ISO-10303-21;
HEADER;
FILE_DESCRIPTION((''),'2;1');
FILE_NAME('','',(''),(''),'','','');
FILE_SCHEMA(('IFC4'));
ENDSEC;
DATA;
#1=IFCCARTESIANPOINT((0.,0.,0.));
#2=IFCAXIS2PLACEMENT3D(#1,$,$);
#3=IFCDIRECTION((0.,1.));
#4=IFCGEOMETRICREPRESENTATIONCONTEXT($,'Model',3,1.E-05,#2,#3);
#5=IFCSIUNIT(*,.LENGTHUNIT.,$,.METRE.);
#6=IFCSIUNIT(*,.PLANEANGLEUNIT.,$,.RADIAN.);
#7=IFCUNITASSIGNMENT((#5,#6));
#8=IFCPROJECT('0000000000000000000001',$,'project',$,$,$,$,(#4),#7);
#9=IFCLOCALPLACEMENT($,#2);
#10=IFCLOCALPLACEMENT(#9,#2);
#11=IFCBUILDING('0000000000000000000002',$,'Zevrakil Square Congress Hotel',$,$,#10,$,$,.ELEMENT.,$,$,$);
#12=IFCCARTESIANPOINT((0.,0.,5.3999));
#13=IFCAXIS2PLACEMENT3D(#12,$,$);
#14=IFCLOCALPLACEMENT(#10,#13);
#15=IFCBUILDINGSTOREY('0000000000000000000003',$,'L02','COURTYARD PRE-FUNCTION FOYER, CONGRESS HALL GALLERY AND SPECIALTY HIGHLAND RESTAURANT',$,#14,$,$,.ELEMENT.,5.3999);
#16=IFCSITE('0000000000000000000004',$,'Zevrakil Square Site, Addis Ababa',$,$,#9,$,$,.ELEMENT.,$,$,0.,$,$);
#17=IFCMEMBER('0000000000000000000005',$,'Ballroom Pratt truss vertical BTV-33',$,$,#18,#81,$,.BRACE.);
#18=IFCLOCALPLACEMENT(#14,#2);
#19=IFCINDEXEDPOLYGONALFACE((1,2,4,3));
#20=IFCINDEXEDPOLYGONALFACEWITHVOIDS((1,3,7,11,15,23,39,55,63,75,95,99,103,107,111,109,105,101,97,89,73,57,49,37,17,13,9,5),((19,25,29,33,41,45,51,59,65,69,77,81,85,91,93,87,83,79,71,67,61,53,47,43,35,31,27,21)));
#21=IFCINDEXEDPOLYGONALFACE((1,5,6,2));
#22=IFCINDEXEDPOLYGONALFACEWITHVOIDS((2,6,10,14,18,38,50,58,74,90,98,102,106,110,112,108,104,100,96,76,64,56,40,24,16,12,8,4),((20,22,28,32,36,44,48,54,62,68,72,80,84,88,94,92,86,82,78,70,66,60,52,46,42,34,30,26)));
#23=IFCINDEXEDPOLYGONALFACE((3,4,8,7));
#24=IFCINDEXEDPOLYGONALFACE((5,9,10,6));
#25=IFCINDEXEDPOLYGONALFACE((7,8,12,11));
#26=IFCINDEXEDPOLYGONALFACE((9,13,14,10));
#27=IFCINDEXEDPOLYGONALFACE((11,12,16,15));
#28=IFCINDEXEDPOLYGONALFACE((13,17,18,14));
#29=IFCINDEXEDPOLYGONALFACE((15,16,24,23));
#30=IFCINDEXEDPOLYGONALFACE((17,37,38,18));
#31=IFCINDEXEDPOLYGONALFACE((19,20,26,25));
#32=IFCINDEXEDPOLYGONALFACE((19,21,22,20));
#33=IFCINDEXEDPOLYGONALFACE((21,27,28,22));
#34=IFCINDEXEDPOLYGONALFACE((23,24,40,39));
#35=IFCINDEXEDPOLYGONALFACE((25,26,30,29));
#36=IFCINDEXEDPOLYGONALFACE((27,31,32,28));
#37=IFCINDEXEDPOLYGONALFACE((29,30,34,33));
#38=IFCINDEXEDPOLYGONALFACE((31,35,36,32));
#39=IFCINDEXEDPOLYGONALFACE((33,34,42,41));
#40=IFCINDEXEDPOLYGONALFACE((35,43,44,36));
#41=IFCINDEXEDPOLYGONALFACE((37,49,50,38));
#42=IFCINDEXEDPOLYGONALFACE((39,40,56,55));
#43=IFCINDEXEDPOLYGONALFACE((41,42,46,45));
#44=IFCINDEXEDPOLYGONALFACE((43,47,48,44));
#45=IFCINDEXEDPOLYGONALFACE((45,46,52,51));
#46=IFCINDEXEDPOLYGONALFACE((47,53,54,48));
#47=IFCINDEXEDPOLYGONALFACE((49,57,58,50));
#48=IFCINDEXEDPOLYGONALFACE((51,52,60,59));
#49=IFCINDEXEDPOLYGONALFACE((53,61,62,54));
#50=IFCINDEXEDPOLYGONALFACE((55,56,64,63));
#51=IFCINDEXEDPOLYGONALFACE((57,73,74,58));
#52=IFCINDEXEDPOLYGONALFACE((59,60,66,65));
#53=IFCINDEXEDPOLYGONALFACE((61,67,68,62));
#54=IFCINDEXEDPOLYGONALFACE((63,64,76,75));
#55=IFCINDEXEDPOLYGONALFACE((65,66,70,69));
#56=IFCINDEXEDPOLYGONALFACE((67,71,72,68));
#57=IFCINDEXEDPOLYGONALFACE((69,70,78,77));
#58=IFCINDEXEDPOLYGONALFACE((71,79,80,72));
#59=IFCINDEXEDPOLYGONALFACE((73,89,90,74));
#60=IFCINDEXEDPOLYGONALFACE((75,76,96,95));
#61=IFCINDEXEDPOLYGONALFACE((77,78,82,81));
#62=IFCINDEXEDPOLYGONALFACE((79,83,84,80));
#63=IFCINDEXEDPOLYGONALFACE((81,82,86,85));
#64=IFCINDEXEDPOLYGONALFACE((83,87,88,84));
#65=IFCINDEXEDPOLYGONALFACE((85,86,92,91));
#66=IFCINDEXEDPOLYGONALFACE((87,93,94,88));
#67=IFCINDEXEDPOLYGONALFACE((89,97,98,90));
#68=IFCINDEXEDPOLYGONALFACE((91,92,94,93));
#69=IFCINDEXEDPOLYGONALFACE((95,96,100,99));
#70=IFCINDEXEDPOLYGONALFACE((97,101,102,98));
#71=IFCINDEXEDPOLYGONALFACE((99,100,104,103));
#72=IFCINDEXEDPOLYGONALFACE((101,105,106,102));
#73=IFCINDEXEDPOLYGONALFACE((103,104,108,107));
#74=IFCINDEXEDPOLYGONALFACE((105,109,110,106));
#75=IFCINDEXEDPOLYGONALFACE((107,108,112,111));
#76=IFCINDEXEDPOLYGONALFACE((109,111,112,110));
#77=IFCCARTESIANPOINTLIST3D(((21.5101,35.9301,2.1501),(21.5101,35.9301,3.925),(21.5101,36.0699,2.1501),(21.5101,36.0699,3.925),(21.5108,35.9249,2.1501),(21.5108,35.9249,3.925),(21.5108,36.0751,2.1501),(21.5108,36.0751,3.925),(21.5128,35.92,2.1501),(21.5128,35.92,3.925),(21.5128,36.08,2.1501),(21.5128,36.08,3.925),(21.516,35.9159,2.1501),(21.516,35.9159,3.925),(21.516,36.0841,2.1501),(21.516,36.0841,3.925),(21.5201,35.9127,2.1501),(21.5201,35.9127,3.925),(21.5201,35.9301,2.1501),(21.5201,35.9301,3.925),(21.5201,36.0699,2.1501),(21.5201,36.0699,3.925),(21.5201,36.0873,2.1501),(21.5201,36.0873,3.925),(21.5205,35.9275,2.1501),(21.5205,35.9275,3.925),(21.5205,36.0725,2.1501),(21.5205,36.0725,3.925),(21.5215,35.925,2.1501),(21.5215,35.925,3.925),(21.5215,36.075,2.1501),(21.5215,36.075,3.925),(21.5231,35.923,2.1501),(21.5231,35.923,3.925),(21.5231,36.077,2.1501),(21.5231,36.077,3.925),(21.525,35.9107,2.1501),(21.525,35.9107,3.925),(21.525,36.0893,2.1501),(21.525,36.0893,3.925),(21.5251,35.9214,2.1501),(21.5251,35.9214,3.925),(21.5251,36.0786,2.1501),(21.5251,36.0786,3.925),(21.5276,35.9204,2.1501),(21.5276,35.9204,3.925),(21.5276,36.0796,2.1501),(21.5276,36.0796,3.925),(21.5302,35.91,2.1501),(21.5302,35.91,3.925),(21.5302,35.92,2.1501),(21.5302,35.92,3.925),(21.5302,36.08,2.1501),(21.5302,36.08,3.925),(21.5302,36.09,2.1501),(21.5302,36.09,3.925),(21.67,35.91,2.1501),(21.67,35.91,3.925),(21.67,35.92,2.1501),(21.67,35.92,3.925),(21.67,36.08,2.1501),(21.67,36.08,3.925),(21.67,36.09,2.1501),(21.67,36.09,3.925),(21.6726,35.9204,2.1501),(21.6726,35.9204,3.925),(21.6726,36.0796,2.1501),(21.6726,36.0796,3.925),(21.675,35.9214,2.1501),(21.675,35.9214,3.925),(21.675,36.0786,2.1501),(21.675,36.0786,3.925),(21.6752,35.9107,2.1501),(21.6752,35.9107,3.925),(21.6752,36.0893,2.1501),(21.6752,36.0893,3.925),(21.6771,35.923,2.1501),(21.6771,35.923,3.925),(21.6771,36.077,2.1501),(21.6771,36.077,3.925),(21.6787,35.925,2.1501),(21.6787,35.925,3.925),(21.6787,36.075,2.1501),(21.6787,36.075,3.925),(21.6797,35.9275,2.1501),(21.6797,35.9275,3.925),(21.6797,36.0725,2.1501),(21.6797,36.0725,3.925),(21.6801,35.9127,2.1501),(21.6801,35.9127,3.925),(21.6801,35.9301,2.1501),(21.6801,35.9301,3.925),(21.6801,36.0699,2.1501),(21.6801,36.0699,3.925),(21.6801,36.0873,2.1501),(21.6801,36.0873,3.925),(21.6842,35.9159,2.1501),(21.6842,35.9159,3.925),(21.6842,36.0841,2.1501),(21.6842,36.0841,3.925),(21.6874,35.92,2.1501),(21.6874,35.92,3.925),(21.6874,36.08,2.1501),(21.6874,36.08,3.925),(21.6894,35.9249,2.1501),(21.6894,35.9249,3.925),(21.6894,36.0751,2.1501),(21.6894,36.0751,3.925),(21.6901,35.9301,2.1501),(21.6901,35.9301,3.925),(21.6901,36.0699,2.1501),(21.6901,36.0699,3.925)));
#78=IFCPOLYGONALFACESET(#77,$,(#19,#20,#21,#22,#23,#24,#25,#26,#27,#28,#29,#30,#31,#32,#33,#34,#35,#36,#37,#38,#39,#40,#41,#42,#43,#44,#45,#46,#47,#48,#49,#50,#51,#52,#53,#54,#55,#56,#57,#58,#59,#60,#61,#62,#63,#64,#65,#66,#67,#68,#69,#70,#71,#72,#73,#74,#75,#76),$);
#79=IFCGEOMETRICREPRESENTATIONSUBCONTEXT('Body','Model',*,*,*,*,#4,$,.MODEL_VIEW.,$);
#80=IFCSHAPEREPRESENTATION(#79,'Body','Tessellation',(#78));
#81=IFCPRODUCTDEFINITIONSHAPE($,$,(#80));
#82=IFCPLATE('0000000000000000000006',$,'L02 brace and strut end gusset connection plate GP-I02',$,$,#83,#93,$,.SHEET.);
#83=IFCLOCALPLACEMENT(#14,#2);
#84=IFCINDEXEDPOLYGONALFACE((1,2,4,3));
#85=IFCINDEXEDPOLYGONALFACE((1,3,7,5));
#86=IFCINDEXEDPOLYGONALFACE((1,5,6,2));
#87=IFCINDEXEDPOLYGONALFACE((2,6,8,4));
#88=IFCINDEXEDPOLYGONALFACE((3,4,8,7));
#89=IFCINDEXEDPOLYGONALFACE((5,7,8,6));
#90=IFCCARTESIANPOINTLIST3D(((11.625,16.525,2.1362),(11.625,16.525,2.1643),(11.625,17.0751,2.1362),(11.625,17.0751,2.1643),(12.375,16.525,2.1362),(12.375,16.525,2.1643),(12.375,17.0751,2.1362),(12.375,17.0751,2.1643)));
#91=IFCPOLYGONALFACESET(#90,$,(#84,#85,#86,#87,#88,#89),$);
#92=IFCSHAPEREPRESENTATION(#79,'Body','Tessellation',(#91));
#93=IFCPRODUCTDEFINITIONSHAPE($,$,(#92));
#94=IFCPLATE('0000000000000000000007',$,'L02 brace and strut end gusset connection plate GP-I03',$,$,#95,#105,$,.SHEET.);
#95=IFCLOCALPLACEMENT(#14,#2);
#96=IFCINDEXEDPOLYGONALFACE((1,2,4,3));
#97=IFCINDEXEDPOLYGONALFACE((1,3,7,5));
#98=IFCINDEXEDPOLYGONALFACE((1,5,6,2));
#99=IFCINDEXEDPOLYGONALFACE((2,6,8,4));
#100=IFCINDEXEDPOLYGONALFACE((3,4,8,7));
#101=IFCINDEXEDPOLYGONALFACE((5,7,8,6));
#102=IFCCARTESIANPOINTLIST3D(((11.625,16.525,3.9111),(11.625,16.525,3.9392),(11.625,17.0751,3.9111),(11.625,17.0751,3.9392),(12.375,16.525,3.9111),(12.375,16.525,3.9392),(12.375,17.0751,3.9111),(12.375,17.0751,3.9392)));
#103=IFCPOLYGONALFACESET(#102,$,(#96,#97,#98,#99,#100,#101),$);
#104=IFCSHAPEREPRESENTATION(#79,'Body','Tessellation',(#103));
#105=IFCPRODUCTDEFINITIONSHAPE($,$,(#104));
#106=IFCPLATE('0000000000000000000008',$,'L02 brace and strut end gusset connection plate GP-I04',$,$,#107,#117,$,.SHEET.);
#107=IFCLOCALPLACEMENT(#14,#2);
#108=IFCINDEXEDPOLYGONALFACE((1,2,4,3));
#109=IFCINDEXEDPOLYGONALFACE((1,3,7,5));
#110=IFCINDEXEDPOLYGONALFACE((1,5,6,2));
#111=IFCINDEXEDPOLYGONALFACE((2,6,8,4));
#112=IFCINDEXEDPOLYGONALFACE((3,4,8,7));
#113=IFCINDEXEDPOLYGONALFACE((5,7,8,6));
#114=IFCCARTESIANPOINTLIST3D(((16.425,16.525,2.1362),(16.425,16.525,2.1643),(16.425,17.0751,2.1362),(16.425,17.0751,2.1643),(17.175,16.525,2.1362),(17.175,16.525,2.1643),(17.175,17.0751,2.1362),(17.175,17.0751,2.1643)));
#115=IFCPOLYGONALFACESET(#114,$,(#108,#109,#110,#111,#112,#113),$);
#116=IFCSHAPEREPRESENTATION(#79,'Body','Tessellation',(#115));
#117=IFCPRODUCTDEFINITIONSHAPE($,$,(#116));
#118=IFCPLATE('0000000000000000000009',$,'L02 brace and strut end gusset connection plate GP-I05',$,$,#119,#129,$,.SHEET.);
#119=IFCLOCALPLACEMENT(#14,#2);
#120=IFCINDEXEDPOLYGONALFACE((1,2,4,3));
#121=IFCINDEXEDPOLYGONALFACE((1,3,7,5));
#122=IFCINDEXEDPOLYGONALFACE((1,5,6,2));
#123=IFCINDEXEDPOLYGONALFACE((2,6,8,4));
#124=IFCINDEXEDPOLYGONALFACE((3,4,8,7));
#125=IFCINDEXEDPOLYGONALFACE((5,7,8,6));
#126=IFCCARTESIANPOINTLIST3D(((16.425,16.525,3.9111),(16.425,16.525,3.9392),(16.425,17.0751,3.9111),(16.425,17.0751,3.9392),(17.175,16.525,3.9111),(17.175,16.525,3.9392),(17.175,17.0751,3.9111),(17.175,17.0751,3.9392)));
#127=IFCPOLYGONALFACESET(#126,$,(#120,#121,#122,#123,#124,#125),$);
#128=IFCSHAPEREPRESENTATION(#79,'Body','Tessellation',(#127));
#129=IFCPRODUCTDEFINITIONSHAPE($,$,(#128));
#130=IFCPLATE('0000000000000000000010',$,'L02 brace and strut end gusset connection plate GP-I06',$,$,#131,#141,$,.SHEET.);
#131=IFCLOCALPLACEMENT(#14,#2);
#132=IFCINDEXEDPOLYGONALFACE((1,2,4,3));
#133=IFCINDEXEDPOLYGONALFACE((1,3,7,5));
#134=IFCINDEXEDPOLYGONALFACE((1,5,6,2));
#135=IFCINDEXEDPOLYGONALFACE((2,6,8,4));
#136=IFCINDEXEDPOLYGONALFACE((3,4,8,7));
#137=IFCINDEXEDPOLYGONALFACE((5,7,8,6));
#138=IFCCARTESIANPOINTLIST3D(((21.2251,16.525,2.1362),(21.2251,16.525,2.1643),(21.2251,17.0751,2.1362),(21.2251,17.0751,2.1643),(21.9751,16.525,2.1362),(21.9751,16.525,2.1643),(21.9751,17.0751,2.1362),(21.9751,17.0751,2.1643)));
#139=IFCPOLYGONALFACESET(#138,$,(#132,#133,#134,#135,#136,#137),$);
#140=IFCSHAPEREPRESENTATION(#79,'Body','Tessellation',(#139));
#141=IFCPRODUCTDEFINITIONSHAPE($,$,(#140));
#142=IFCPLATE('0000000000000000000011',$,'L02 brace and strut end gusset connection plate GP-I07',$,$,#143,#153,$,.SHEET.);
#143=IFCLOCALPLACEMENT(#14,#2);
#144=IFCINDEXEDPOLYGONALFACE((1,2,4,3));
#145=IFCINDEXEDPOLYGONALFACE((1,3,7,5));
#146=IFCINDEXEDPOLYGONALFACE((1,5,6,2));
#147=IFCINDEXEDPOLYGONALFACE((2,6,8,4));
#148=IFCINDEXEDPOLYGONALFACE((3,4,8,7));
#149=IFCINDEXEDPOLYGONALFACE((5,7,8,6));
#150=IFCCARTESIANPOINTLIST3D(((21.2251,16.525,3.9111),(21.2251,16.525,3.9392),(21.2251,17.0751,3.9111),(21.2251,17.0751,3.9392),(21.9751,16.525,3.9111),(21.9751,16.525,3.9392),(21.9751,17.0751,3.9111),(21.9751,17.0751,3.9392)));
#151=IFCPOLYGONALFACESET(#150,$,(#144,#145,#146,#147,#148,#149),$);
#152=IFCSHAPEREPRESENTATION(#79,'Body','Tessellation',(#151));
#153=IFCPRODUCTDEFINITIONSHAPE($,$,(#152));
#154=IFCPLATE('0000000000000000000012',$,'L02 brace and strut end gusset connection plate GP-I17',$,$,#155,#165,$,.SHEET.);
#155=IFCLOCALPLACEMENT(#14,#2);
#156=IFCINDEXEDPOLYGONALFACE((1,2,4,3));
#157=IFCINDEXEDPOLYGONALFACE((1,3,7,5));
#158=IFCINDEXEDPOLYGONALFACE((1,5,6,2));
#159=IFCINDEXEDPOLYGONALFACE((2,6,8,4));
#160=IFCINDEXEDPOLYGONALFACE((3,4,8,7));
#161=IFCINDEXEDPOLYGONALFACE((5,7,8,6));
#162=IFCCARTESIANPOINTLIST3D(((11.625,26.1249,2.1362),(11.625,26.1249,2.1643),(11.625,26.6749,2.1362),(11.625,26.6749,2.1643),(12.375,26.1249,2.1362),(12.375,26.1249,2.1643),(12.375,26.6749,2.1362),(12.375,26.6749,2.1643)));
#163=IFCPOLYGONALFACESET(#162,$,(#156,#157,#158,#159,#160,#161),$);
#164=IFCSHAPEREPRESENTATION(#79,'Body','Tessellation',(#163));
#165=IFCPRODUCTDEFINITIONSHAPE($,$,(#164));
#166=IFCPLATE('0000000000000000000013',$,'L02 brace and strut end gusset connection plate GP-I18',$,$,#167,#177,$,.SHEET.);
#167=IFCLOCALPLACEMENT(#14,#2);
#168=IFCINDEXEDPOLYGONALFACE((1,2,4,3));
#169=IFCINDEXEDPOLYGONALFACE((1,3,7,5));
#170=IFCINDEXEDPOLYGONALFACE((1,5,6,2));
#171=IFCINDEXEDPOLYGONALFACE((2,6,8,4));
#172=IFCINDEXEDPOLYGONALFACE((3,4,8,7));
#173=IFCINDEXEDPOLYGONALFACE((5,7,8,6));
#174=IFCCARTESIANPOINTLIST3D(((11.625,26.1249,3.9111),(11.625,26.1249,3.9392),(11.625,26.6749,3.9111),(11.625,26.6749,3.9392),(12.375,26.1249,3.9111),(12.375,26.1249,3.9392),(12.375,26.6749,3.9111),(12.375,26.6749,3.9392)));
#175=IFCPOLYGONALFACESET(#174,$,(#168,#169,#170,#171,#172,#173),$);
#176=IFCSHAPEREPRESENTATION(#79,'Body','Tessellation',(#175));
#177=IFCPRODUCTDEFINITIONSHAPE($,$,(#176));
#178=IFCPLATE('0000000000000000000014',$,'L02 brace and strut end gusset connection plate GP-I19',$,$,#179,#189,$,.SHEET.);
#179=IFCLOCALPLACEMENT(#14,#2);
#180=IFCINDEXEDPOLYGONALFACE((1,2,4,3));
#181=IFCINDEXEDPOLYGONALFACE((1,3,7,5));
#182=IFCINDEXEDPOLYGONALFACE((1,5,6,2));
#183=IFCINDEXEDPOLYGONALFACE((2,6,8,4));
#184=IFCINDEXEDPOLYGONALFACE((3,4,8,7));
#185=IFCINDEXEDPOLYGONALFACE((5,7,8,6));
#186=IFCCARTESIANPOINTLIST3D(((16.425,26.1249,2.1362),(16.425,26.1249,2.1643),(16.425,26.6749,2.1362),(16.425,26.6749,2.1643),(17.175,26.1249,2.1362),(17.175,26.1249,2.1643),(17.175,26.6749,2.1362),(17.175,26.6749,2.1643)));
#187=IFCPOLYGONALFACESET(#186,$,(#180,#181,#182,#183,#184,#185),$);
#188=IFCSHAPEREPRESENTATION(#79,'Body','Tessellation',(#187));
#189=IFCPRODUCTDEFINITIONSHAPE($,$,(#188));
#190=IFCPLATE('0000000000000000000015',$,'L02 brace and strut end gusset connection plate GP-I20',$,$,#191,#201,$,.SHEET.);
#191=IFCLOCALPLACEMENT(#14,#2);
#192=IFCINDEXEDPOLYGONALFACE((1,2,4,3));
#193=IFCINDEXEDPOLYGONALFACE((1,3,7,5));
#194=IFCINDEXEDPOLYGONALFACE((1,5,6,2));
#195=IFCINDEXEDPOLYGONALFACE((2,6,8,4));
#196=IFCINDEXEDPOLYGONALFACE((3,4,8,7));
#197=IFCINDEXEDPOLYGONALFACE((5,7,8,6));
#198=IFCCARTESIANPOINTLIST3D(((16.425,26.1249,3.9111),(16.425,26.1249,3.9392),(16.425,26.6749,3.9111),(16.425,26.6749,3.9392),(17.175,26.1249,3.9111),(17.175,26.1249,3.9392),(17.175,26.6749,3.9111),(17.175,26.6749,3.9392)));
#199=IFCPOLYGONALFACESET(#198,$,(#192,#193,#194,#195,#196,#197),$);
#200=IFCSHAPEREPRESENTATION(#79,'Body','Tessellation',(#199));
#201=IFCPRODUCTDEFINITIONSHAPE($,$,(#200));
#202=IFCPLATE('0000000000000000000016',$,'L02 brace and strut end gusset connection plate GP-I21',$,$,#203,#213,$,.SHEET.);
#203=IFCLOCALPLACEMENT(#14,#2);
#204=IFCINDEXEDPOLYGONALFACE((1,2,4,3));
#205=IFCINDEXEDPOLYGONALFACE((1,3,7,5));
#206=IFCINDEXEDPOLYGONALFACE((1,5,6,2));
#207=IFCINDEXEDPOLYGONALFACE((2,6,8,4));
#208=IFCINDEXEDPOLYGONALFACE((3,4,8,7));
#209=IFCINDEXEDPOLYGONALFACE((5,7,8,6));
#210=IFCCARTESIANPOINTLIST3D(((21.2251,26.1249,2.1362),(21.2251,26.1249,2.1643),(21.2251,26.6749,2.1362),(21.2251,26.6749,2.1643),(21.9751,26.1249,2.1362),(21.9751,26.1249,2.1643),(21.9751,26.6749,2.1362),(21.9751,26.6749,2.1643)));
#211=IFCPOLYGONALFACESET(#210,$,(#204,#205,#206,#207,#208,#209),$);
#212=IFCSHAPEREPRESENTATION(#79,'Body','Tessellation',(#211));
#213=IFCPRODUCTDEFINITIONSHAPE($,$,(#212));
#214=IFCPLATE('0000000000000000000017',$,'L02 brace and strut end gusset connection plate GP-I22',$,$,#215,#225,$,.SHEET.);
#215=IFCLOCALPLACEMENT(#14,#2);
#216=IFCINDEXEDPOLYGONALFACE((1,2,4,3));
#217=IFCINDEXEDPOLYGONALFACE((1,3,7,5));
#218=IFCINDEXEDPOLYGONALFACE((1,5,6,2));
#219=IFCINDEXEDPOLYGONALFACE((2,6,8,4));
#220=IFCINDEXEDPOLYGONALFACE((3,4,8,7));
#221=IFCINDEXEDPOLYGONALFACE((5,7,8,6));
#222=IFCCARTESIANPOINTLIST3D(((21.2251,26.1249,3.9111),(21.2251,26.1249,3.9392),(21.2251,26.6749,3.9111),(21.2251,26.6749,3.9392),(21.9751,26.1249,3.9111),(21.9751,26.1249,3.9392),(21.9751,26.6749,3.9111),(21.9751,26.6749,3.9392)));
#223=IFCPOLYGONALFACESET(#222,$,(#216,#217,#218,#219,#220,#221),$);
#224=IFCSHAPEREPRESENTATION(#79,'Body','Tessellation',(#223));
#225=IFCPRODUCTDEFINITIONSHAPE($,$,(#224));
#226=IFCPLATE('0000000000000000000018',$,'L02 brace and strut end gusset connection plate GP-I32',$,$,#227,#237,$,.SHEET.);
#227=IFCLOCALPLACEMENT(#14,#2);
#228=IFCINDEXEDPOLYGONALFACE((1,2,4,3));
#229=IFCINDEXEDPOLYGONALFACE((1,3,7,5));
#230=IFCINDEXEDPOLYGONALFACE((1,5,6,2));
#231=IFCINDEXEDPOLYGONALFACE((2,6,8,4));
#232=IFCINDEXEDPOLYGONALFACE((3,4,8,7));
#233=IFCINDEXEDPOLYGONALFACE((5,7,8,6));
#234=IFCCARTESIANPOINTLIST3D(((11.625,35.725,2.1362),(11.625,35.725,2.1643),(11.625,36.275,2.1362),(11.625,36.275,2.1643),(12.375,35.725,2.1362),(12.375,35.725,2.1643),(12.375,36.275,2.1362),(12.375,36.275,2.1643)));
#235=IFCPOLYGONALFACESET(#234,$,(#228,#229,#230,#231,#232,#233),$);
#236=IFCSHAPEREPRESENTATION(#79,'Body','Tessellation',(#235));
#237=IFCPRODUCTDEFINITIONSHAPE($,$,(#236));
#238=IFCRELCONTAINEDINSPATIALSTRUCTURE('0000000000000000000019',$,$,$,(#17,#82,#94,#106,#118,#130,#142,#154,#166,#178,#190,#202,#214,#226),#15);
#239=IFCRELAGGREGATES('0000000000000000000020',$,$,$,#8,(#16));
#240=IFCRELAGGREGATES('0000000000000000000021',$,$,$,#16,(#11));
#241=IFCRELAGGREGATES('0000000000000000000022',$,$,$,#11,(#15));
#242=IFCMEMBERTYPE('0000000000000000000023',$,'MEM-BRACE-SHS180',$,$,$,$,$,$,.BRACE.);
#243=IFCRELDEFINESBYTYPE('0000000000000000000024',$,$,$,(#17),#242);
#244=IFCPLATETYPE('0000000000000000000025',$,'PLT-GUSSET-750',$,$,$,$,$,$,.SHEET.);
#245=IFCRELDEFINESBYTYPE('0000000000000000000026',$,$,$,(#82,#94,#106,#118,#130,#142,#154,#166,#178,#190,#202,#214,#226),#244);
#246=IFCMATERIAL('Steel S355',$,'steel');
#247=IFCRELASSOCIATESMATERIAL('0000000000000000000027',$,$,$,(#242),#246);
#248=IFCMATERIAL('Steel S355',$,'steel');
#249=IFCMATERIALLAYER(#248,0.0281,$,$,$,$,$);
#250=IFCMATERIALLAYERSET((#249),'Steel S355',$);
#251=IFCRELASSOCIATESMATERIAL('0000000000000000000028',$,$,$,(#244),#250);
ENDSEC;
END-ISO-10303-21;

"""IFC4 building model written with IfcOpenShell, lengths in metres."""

from ifc_helpers import new_model, si_unit, direction, frame, origin, origin_2d, place, context, subcontext, project, spatial, rectangle, hollow_rectangle, extrude, material, layer, layer_set, material_profile, profile_set, type_object, element, save


model = new_model("IFC4")

# Units and contexts
model_context = context("Model", 3, precision=1e-05, world=origin(), true_north=direction((0.0, 1.0)))
body_context = subcontext(model_context, "Body", "Model", "MODEL_VIEW")
ifc_project = project(units=[si_unit("LENGTHUNIT", "METRE"), si_unit("PLANEANGLEUNIT", "RADIAN")], contexts=[model_context])

# Site, building, storey
site_placement = place(None, origin())
site = spatial("IfcSite", under=ifc_project, at=site_placement, Name="Zevrakil Square Site, Addis Ababa", CompositionType="ELEMENT", RefElevation=0.0)
building_placement = place(site_placement, origin())
building = spatial("IfcBuilding", under=site, at=building_placement, Name="Zevrakil Square Congress Hotel", CompositionType="ELEMENT")
storey_placement = place(building_placement, frame((0.0, 0.0, 5.3999)))
storey = spatial("IfcBuildingStorey", under=building, at=storey_placement, Name="L02", Description="COURTYARD PRE-FUNCTION FOYER, CONGRESS HALL GALLERY AND SPECIALTY HIGHLAND RESTAURANT", CompositionType="ELEMENT", Elevation=5.3999)

# Member
ifc_material_1 = material(Name="Steel S355", Category="steel")
ifc_material_profile_1 = material_profile(ifc_material_1, hollow_rectangle(XDim=0.1799, YDim=0.1799, WallThickness=0.01, InnerFilletRadius=0.01, OuterFilletRadius=0.02, at=origin_2d()), Name="SHS 180x180x10")
ifc_profile_set_1 = profile_set([ifc_material_profile_1], Name="Steel S355")
member_type_1 = type_object("IfcMemberType", Name="MEM-BRACE-SHS180", PredefinedType="BRACE", material=ifc_profile_set_1)
for number, where, z_axis, x_axis, name in (
    (1, (21.6001, 36.0, 2.1501), (0.0, 0.0, 1.0), (1.0, 0.0, 0.0), "Ballroom Pratt truss vertical BTV-33"),
):
    element("IfcMember", number, at=place(storey_placement, frame(where, z_axis=z_axis, x_axis=x_axis)), inside=storey, type_object=member_type_1, Name=name, PredefinedType="BRACE", context=body_context, shape_type="SweptSolid", body=[
        extrude(hollow_rectangle(XDim=0.1799, YDim=0.1799, WallThickness=0.01, InnerFilletRadius=0.01, OuterFilletRadius=0.02, at=origin_2d()), origin(), (0.0, 0.0, 1.0), 1.7749),
    ])

# Plates
ifc_material_2 = material(Name="Steel S355", Category="steel")
ifc_layer = layer(ifc_material_2, 0.0281)
ifc_layer_set = layer_set([ifc_layer], Name="Steel S355")
plate_type = type_object("IfcPlateType", Name="PLT-GUSSET-750", PredefinedType="SHEET", material=ifc_layer_set)
for number, where, z_axis, x_axis, name in (
    (2, (12.0, 16.8, 2.1362), (0.0, 0.0, 1.0), (1.0, 0.0, 0.0), "L02 brace and strut end gusset connection plate GP-I02"),
    (3, (12.0, 16.8, 3.9111), (0.0, 0.0, 1.0), (1.0, 0.0, 0.0), "L02 brace and strut end gusset connection plate GP-I03"),
    (4, (16.8, 16.8, 2.1362), (0.0, 0.0, 1.0), (1.0, 0.0, 0.0), "L02 brace and strut end gusset connection plate GP-I04"),
    (5, (16.8, 16.8, 3.9111), (0.0, 0.0, 1.0), (1.0, 0.0, 0.0), "L02 brace and strut end gusset connection plate GP-I05"),
    (6, (21.6001, 16.8, 2.1362), (0.0, 0.0, 1.0), (1.0, 0.0, 0.0), "L02 brace and strut end gusset connection plate GP-I06"),
    (7, (21.6001, 16.8, 3.9111), (0.0, 0.0, 1.0), (1.0, 0.0, 0.0), "L02 brace and strut end gusset connection plate GP-I07"),
    (8, (12.0, 26.3999, 2.1362), (0.0, 0.0, 1.0), (1.0, 0.0, 0.0), "L02 brace and strut end gusset connection plate GP-I17"),
    (9, (12.0, 26.3999, 3.9111), (0.0, 0.0, 1.0), (1.0, 0.0, 0.0), "L02 brace and strut end gusset connection plate GP-I18"),
    (10, (16.8, 26.3999, 2.1362), (0.0, 0.0, 1.0), (1.0, 0.0, 0.0), "L02 brace and strut end gusset connection plate GP-I19"),
    (11, (16.8, 26.3999, 3.9111), (0.0, 0.0, 1.0), (1.0, 0.0, 0.0), "L02 brace and strut end gusset connection plate GP-I20"),
    (12, (21.6001, 26.3999, 2.1362), (0.0, 0.0, 1.0), (1.0, 0.0, 0.0), "L02 brace and strut end gusset connection plate GP-I21"),
    (13, (21.6001, 26.3999, 3.9111), (0.0, 0.0, 1.0), (1.0, 0.0, 0.0), "L02 brace and strut end gusset connection plate GP-I22"),
    (14, (12.0, 36.0, 2.1362), (0.0, 0.0, 1.0), (1.0, 0.0, 0.0), "L02 brace and strut end gusset connection plate GP-I32"),
):
    element("IfcPlate", number, at=place(storey_placement, frame(where, z_axis=z_axis, x_axis=x_axis)), inside=storey, type_object=plate_type, Name=name, PredefinedType="SHEET", context=body_context, shape_type="SweptSolid", body=[
        extrude(rectangle(XDim=0.75, YDim=0.55, at=origin_2d()), origin(), (0.0, 0.0, 1.0), 0.0281),
    ])

save(model, "model.ifc")
